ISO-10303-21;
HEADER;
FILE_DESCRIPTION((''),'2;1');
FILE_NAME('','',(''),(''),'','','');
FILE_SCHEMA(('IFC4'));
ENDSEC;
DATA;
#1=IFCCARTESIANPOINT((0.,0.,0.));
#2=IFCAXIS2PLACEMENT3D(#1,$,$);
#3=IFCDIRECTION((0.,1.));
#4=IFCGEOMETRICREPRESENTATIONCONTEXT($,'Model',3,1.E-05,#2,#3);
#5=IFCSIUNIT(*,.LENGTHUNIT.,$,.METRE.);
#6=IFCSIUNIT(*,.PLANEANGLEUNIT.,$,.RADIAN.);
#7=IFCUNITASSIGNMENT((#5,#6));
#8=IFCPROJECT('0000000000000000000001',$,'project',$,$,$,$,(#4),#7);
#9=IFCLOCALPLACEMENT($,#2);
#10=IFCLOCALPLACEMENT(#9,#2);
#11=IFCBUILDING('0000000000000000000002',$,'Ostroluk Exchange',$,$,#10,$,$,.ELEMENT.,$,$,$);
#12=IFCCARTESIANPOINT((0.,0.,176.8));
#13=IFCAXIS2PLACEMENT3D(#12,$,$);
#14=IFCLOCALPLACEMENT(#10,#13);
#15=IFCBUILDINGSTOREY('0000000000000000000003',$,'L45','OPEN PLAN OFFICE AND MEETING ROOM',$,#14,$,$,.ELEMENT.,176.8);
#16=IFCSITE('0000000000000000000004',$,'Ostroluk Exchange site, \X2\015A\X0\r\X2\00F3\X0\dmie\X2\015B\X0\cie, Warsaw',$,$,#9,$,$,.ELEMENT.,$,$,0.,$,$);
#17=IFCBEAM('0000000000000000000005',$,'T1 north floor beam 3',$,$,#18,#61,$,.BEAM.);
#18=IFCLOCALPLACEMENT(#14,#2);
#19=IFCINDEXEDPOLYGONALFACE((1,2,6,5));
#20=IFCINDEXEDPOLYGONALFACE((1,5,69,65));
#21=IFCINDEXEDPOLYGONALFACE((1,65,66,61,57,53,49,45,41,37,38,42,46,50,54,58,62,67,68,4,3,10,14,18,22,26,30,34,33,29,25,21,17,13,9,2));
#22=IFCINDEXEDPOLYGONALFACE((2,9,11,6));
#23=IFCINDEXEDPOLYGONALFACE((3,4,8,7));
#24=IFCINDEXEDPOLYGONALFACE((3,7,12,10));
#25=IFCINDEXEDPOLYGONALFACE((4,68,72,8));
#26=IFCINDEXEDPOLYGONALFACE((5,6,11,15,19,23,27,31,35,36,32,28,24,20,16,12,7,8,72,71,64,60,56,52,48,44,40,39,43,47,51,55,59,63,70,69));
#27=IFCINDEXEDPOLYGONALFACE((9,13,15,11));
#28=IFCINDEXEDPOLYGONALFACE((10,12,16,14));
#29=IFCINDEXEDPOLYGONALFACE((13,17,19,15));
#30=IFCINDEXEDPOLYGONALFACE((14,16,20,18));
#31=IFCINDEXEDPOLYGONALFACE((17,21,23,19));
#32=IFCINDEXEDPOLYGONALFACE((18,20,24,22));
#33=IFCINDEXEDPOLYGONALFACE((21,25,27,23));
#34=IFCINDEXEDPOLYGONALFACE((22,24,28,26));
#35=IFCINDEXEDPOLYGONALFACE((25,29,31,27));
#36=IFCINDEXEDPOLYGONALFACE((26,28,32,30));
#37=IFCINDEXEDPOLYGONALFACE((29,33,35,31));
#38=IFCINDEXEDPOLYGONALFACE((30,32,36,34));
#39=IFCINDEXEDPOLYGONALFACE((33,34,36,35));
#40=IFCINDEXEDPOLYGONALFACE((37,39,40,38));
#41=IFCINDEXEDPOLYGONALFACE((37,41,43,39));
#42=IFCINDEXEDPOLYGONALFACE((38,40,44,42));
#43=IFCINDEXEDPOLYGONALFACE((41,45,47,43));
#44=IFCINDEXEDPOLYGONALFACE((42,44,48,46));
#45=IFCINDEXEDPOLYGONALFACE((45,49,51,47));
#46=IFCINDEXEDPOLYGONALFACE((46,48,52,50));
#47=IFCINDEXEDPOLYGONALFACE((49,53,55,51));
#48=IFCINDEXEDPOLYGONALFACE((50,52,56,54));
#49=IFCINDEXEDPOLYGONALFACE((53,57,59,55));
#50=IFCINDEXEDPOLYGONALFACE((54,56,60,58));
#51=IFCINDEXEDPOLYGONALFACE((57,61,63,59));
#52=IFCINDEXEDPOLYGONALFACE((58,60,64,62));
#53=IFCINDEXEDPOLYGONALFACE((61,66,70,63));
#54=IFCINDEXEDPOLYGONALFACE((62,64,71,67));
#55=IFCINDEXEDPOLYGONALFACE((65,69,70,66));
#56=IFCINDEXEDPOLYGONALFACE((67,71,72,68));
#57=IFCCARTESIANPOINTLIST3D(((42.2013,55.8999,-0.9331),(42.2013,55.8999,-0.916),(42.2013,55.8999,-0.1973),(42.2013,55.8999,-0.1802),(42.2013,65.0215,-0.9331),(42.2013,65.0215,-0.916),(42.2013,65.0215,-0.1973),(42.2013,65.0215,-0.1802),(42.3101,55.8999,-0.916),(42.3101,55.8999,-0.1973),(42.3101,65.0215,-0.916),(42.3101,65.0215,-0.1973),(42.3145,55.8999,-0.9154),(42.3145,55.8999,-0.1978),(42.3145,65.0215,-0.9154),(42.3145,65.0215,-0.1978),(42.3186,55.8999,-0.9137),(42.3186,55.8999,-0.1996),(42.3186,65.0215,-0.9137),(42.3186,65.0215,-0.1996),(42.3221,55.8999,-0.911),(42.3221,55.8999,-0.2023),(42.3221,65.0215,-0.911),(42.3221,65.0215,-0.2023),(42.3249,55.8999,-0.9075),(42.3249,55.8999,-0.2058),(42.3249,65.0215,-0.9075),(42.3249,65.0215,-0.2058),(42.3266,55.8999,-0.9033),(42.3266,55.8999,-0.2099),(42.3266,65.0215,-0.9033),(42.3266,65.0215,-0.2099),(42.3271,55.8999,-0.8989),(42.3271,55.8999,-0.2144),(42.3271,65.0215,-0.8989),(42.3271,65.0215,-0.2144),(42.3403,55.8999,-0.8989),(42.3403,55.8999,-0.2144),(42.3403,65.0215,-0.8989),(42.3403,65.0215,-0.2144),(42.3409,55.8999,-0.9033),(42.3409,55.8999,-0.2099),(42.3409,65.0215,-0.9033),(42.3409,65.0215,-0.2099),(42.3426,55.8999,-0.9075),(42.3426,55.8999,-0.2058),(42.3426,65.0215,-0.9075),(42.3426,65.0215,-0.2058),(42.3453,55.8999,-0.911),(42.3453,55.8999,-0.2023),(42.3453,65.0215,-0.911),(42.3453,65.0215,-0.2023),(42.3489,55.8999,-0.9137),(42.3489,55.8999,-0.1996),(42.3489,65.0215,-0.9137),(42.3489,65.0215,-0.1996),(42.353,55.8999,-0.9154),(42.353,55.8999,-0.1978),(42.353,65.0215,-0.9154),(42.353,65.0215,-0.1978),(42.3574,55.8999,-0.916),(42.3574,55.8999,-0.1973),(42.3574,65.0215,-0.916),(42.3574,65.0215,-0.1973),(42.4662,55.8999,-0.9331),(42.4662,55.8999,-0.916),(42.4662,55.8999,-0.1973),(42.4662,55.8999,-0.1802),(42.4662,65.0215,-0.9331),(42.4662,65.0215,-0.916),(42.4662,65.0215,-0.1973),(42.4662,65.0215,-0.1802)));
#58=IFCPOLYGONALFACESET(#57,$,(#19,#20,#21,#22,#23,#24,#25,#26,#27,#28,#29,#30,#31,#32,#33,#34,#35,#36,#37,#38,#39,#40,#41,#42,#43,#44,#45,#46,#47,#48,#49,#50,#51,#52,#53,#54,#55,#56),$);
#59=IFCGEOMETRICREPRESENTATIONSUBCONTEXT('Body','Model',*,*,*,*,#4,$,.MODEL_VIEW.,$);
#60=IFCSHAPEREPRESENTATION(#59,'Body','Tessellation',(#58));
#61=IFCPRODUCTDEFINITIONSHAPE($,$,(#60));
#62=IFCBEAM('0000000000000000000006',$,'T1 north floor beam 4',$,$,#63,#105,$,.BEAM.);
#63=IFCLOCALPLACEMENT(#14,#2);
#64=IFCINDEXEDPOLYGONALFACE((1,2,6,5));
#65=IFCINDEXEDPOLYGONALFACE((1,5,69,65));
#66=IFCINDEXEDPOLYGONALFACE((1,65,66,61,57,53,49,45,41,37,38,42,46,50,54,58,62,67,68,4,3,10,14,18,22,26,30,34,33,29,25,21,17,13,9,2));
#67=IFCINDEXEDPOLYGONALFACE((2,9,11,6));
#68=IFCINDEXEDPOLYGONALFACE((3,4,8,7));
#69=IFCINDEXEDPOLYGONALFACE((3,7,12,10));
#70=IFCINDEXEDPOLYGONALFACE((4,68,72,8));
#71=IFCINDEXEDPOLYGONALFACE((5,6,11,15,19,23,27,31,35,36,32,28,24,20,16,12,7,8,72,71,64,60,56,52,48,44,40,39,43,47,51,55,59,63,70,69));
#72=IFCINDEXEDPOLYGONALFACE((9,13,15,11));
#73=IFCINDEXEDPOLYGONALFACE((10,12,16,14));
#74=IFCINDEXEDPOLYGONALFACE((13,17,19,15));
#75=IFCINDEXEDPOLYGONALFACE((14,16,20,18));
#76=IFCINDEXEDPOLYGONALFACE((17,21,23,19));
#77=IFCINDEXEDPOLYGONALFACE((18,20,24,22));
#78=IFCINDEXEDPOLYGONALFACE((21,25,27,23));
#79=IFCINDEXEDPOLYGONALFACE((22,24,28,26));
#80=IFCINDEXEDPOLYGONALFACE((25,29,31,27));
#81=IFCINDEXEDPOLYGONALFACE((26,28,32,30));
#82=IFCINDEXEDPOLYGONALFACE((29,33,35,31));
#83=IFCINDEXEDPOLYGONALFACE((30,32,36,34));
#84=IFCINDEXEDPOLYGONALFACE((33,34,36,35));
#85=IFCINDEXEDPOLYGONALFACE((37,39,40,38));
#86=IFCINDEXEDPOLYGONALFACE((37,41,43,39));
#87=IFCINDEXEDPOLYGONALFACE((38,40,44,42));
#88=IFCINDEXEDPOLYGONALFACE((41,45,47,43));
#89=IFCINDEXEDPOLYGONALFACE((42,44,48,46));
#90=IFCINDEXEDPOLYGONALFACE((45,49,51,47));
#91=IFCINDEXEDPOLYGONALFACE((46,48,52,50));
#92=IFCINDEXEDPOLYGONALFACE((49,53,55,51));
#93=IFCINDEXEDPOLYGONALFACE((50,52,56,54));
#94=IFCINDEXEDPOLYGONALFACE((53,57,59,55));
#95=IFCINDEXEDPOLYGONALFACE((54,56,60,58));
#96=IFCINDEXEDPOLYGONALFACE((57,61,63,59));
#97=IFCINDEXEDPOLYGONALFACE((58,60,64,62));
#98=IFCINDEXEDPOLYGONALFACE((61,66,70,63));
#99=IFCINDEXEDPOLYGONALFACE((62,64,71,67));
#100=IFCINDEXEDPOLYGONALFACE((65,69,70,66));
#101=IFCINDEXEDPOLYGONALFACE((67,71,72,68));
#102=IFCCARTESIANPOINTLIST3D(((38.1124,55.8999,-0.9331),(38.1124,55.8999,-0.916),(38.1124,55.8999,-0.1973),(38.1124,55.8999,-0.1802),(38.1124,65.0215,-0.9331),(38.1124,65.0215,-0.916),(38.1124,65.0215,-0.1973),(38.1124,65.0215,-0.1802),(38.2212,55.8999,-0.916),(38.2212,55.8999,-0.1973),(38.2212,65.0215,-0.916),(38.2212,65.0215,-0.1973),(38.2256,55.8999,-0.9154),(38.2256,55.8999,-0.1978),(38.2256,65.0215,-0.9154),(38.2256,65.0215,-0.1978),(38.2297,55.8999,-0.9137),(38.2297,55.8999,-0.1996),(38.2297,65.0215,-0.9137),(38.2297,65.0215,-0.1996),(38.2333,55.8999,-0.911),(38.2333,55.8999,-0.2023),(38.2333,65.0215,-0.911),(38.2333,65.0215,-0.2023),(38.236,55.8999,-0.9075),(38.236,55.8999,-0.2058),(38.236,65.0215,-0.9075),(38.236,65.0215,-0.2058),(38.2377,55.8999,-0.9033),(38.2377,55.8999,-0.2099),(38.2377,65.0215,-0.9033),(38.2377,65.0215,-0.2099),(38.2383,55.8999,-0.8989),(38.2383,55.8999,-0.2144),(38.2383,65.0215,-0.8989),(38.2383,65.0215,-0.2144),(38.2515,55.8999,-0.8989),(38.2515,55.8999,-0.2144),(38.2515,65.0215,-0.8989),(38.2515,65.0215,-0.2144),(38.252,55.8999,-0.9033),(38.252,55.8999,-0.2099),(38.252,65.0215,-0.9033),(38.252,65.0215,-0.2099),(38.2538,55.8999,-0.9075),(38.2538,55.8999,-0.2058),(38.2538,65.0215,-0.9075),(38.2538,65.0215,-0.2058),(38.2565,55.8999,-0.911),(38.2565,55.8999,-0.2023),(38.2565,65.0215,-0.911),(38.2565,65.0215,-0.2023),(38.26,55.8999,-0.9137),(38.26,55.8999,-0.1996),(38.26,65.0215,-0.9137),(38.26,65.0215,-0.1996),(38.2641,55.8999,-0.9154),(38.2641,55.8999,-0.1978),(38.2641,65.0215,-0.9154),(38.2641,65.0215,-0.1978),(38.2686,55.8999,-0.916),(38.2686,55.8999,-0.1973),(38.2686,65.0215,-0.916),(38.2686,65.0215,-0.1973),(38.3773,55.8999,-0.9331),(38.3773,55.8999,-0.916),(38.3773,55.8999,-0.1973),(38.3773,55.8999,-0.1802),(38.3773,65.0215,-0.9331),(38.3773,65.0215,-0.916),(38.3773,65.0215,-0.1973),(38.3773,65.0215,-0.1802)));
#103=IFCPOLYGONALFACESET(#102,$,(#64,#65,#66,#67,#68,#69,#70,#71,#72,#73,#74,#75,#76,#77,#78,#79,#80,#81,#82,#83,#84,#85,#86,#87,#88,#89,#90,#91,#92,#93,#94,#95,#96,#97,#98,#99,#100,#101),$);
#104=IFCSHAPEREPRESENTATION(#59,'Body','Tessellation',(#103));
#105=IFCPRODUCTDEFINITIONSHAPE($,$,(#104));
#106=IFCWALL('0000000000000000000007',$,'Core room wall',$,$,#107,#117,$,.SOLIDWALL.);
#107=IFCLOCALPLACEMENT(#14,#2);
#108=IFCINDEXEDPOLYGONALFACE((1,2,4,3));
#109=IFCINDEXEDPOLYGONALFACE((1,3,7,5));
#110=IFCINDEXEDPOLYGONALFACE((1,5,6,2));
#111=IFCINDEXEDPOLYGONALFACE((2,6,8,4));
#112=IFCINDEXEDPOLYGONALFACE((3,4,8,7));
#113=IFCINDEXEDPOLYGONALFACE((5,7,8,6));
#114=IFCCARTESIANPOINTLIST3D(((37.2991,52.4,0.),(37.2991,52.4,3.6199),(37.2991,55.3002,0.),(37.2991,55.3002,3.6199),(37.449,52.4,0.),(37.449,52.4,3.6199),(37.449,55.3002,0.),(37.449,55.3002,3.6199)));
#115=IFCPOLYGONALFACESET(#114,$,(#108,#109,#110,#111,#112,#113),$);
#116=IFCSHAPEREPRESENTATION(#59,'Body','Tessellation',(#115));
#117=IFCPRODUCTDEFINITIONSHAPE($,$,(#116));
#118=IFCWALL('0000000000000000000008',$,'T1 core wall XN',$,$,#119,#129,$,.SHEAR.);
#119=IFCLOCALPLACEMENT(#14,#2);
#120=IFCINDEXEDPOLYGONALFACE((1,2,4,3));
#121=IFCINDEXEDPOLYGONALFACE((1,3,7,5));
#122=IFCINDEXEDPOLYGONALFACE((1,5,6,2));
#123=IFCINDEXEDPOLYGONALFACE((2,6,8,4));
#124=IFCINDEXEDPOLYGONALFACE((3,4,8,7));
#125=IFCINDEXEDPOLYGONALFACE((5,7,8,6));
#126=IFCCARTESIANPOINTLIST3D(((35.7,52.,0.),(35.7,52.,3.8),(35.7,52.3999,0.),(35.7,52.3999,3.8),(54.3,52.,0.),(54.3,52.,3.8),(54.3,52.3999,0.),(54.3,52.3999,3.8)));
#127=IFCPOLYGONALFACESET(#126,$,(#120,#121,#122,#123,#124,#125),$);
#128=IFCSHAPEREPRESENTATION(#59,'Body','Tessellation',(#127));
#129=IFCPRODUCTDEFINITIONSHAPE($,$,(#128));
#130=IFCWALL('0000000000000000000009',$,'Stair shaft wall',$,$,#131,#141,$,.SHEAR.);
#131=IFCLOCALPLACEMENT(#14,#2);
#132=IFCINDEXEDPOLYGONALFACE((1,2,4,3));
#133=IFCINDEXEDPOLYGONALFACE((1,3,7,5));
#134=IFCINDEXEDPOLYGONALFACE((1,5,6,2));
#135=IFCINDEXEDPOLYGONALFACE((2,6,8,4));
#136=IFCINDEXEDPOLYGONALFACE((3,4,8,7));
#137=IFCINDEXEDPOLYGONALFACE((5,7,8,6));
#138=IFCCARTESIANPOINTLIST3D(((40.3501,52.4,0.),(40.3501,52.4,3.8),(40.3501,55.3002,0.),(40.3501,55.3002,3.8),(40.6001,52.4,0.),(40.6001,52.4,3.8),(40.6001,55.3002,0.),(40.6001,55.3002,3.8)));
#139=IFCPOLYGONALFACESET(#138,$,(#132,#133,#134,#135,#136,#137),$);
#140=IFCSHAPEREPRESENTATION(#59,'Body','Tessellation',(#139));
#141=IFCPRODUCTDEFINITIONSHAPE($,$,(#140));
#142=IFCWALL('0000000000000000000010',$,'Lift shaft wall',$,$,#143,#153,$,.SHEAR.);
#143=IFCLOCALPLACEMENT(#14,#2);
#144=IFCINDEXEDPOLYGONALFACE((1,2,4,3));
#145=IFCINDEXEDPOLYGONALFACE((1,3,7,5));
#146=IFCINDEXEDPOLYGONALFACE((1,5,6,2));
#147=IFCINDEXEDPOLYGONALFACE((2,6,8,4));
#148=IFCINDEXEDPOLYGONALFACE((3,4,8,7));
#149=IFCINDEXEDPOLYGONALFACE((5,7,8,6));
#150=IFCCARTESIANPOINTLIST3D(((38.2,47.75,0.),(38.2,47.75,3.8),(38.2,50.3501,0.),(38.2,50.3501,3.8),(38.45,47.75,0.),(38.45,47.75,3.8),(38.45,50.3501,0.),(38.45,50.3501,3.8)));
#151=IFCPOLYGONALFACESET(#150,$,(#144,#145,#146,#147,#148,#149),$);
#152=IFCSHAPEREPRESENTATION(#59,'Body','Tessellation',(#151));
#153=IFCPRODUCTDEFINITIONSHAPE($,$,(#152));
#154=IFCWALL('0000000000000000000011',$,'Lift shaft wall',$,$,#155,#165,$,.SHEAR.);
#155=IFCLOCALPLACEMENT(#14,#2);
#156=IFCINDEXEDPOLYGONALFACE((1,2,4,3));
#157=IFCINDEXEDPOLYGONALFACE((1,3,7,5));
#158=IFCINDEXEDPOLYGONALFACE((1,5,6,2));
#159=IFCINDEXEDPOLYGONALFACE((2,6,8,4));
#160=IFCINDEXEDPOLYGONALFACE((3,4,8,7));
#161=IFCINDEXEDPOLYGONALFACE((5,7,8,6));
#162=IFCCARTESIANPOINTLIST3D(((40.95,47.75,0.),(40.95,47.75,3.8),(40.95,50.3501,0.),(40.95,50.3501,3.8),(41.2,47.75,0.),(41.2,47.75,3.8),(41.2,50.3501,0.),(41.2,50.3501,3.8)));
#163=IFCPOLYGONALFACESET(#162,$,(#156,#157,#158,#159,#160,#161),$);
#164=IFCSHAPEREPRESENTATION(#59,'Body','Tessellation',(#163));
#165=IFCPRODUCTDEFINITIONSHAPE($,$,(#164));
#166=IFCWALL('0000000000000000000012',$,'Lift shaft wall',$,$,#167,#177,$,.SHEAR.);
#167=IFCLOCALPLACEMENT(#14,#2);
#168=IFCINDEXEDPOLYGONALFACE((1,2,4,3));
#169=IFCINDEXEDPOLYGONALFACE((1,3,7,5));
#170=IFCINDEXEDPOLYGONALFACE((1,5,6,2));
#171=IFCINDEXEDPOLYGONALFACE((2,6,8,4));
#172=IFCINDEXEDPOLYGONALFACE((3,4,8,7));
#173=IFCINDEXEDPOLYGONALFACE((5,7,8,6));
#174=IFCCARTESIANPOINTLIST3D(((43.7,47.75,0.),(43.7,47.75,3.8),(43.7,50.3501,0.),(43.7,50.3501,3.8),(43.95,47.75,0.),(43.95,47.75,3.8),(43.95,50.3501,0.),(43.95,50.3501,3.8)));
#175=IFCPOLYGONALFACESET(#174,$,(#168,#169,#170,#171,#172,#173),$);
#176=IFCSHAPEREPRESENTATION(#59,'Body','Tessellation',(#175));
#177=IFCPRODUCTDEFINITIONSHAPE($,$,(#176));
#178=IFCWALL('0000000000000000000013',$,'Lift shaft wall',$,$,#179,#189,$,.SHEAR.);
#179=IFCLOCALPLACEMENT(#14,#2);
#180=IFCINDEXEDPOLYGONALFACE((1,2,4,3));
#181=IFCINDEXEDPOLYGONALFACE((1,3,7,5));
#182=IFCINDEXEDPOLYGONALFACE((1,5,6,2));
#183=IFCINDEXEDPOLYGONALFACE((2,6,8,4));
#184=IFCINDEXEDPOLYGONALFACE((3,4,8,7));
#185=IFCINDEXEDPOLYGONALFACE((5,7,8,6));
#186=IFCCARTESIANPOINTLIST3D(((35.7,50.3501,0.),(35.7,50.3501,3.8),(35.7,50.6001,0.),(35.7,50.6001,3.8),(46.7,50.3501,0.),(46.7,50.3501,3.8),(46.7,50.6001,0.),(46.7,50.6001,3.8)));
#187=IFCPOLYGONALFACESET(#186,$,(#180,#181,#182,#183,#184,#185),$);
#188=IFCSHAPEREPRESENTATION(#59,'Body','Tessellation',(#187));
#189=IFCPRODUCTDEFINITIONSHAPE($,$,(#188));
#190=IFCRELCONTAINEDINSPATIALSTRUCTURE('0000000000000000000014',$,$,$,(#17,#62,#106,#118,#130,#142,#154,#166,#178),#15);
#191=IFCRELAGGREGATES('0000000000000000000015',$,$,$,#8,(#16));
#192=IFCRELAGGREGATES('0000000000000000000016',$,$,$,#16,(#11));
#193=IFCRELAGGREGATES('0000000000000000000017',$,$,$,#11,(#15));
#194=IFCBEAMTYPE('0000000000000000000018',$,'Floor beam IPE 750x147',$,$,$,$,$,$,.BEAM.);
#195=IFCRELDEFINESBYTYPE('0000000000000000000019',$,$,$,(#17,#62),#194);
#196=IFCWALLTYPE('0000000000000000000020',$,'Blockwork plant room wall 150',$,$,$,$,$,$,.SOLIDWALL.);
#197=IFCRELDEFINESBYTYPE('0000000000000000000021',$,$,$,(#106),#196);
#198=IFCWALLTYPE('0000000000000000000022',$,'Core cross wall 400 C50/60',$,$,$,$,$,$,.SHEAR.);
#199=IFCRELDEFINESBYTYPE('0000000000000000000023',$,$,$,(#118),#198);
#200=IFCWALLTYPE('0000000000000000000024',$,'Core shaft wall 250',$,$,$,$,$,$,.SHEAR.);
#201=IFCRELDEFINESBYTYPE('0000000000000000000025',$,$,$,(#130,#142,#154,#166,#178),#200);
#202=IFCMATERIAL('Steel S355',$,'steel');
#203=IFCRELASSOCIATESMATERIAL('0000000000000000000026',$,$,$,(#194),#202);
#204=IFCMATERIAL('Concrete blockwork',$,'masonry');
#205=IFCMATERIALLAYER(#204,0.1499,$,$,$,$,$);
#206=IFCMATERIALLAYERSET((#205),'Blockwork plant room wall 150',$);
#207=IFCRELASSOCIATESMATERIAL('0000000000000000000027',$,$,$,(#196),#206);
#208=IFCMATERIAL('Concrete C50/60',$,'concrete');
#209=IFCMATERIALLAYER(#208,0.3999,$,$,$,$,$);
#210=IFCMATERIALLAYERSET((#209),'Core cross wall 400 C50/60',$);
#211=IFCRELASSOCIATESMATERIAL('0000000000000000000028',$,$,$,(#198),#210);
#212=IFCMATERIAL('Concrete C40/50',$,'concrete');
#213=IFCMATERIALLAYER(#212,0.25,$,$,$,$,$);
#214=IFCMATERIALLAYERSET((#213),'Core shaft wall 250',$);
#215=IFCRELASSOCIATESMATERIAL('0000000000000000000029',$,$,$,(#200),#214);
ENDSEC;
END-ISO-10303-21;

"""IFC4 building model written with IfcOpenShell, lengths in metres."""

from ifc_helpers import new_model, si_unit, direction, frame, frame_2d, origin, origin_2d, place, context, subcontext, project, spatial, rectangle, i_section, extrude, material, layer, layer_set, material_profile, profile_set, type_object, element, save


model = new_model("IFC4")

# Units and contexts
model_context = context("Model", 3, precision=1e-05, world=origin(), true_north=direction((0.0, 1.0)))
body_context = subcontext(model_context, "Body", "Model", "MODEL_VIEW")
ifc_project = project(units=[si_unit("LENGTHUNIT", "METRE"), si_unit("PLANEANGLEUNIT", "RADIAN")], contexts=[model_context])

# Site, building, storey
site_placement = place(None, origin())
site = spatial("IfcSite", under=ifc_project, at=site_placement, Name="Ostroluk Exchange site, Śródmieście, Warsaw", CompositionType="ELEMENT", RefElevation=0.0)
building_placement = place(site_placement, origin())
building = spatial("IfcBuilding", under=site, at=building_placement, Name="Ostroluk Exchange", CompositionType="ELEMENT")
storey_placement = place(building_placement, frame((0.0, 0.0, 176.8)))
storey = spatial("IfcBuildingStorey", under=building, at=storey_placement, Name="L45", Description="OPEN PLAN OFFICE AND MEETING ROOM", CompositionType="ELEMENT", Elevation=176.8)

# Beams
ifc_material_1 = material(Name="Steel S355", Category="steel")
ifc_material_profile = material_profile(ifc_material_1, i_section(OverallWidth=0.2649, OverallDepth=0.7529, WebThickness=0.0132, FlangeThickness=0.0171, FilletRadius=0.0171, at=origin_2d()), Name="IPE 750x147")
ifc_profile_set = profile_set([ifc_material_profile], Name="Steel S355")
beam_type = type_object("IfcBeamType", Name="Floor beam IPE 750x147", PredefinedType="BEAM", material=ifc_profile_set)
for number, where, z_axis, x_axis, name in (
    (1, (42.3337, 55.8999, -0.5566), (0.0, 1.0, 0.0), (-1.0, 0.0, 0.0), "T1 north floor beam 3"),
    (2, (38.2449, 55.8999, -0.5566), (0.0, 1.0, 0.0), (-1.0, 0.0, 0.0), "T1 north floor beam 4"),
):
    element("IfcBeam", number, at=place(storey_placement, frame(where, z_axis=z_axis, x_axis=x_axis)), inside=storey, type_object=beam_type, Name=name, PredefinedType="BEAM", context=body_context, shape_type="SweptSolid", body=[
        extrude(i_section(OverallWidth=0.2649, OverallDepth=0.7529, WebThickness=0.0132, FlangeThickness=0.0171, FilletRadius=0.0171, at=origin_2d()), origin(), (0.0, 0.0, 1.0), 9.1216),
    ])

# Walls
ifc_material_2 = material(Name="Concrete blockwork", Category="masonry")
ifc_layer_1 = layer(ifc_material_2, 0.1499)
ifc_layer_set_1 = layer_set([ifc_layer_1], Name="Blockwork plant room wall 150")
wall_type_1 = type_object("IfcWallType", Name="Blockwork plant room wall 150", PredefinedType="SOLIDWALL", material=ifc_layer_set_1)
wall_1_placement = place(storey_placement, frame((37.374, 52.3999, 0.0), z_axis=(0.0, 0.0, 1.0), x_axis=(0.0, 1.0, 0.0)))
element("IfcWall", 3, at=wall_1_placement, inside=storey, type_object=wall_type_1, Name="Core room wall", PredefinedType="SOLIDWALL", context=body_context, shape_type="SweptSolid", body=[
    extrude(rectangle(XDim=2.9001, YDim=0.1499, at=frame_2d((1.4502, 0.0))), origin(), (0.0, 0.0, 1.0), 3.6199),
])
ifc_material_3 = material(Name="Concrete C50/60", Category="concrete")
ifc_layer_2 = layer(ifc_material_3, 0.3999)
ifc_layer_set_2 = layer_set([ifc_layer_2], Name="Core cross wall 400 C50/60")
wall_type_2 = type_object("IfcWallType", Name="Core cross wall 400 C50/60", PredefinedType="SHEAR", material=ifc_layer_set_2)
wall_2_placement = place(storey_placement, frame((35.7, 52.2, 0.0), z_axis=(0.0, 0.0, 1.0), x_axis=(1.0, 0.0, 0.0)))
element("IfcWall", 4, at=wall_2_placement, inside=storey, type_object=wall_type_2, Name="T1 core wall XN", PredefinedType="SHEAR", context=body_context, shape_type="SweptSolid", body=[
    extrude(rectangle(XDim=18.6001, YDim=0.3999, at=frame_2d((9.3, 0.0))), origin(), (0.0, 0.0, 1.0), 3.8),
])
ifc_material_4 = material(Name="Concrete C40/50", Category="concrete")
ifc_layer_3 = layer(ifc_material_4, 0.25)
ifc_layer_set_3 = layer_set([ifc_layer_3], Name="Core shaft wall 250")
wall_type_3 = type_object("IfcWallType", Name="Core shaft wall 250", PredefinedType="SHEAR", material=ifc_layer_set_3)
wall_3_placement = place(storey_placement, frame((40.4751, 52.3999, 0.0), z_axis=(0.0, 0.0, 1.0), x_axis=(0.0, 1.0, 0.0)))
element("IfcWall", 5, at=wall_3_placement, inside=storey, type_object=wall_type_3, Name="Stair shaft wall", PredefinedType="SHEAR", context=body_context, shape_type="SweptSolid", body=[
    extrude(rectangle(XDim=2.9001, YDim=0.25, at=frame_2d((1.4502, 0.0))), origin(), (0.0, 0.0, 1.0), 3.8),
])
for number, where, z_axis, x_axis, name in (
    (6, (38.325, 47.75, 0.0), (0.0, 0.0, 1.0), (0.0, 1.0, 0.0), "Lift shaft wall"),
    (7, (41.075, 47.75, 0.0), (0.0, 0.0, 1.0), (0.0, 1.0, 0.0), "Lift shaft wall"),
    (8, (43.825, 47.75, 0.0), (0.0, 0.0, 1.0), (0.0, 1.0, 0.0), "Lift shaft wall"),
):
    element("IfcWall", number, at=place(storey_placement, frame(where, z_axis=z_axis, x_axis=x_axis)), inside=storey, type_object=wall_type_3, Name=name, PredefinedType="SHEAR", context=body_context, shape_type="SweptSolid", body=[
        extrude(rectangle(XDim=2.6001, YDim=0.25, at=frame_2d((1.3, 0.0))), origin(), (0.0, 0.0, 1.0), 3.8),
    ])
wall_4_placement = place(storey_placement, frame((35.7, 50.4751, 0.0), z_axis=(0.0, 0.0, 1.0), x_axis=(1.0, 0.0, 0.0)))
element("IfcWall", 9, at=wall_4_placement, inside=storey, type_object=wall_type_3, Name="Lift shaft wall", PredefinedType="SHEAR", context=body_context, shape_type="SweptSolid", body=[
    extrude(rectangle(XDim=11.0, YDim=0.25, at=frame_2d((5.5, 0.0))), origin(), (0.0, 0.0, 1.0), 3.8),
])

save(model, "model.ifc")
